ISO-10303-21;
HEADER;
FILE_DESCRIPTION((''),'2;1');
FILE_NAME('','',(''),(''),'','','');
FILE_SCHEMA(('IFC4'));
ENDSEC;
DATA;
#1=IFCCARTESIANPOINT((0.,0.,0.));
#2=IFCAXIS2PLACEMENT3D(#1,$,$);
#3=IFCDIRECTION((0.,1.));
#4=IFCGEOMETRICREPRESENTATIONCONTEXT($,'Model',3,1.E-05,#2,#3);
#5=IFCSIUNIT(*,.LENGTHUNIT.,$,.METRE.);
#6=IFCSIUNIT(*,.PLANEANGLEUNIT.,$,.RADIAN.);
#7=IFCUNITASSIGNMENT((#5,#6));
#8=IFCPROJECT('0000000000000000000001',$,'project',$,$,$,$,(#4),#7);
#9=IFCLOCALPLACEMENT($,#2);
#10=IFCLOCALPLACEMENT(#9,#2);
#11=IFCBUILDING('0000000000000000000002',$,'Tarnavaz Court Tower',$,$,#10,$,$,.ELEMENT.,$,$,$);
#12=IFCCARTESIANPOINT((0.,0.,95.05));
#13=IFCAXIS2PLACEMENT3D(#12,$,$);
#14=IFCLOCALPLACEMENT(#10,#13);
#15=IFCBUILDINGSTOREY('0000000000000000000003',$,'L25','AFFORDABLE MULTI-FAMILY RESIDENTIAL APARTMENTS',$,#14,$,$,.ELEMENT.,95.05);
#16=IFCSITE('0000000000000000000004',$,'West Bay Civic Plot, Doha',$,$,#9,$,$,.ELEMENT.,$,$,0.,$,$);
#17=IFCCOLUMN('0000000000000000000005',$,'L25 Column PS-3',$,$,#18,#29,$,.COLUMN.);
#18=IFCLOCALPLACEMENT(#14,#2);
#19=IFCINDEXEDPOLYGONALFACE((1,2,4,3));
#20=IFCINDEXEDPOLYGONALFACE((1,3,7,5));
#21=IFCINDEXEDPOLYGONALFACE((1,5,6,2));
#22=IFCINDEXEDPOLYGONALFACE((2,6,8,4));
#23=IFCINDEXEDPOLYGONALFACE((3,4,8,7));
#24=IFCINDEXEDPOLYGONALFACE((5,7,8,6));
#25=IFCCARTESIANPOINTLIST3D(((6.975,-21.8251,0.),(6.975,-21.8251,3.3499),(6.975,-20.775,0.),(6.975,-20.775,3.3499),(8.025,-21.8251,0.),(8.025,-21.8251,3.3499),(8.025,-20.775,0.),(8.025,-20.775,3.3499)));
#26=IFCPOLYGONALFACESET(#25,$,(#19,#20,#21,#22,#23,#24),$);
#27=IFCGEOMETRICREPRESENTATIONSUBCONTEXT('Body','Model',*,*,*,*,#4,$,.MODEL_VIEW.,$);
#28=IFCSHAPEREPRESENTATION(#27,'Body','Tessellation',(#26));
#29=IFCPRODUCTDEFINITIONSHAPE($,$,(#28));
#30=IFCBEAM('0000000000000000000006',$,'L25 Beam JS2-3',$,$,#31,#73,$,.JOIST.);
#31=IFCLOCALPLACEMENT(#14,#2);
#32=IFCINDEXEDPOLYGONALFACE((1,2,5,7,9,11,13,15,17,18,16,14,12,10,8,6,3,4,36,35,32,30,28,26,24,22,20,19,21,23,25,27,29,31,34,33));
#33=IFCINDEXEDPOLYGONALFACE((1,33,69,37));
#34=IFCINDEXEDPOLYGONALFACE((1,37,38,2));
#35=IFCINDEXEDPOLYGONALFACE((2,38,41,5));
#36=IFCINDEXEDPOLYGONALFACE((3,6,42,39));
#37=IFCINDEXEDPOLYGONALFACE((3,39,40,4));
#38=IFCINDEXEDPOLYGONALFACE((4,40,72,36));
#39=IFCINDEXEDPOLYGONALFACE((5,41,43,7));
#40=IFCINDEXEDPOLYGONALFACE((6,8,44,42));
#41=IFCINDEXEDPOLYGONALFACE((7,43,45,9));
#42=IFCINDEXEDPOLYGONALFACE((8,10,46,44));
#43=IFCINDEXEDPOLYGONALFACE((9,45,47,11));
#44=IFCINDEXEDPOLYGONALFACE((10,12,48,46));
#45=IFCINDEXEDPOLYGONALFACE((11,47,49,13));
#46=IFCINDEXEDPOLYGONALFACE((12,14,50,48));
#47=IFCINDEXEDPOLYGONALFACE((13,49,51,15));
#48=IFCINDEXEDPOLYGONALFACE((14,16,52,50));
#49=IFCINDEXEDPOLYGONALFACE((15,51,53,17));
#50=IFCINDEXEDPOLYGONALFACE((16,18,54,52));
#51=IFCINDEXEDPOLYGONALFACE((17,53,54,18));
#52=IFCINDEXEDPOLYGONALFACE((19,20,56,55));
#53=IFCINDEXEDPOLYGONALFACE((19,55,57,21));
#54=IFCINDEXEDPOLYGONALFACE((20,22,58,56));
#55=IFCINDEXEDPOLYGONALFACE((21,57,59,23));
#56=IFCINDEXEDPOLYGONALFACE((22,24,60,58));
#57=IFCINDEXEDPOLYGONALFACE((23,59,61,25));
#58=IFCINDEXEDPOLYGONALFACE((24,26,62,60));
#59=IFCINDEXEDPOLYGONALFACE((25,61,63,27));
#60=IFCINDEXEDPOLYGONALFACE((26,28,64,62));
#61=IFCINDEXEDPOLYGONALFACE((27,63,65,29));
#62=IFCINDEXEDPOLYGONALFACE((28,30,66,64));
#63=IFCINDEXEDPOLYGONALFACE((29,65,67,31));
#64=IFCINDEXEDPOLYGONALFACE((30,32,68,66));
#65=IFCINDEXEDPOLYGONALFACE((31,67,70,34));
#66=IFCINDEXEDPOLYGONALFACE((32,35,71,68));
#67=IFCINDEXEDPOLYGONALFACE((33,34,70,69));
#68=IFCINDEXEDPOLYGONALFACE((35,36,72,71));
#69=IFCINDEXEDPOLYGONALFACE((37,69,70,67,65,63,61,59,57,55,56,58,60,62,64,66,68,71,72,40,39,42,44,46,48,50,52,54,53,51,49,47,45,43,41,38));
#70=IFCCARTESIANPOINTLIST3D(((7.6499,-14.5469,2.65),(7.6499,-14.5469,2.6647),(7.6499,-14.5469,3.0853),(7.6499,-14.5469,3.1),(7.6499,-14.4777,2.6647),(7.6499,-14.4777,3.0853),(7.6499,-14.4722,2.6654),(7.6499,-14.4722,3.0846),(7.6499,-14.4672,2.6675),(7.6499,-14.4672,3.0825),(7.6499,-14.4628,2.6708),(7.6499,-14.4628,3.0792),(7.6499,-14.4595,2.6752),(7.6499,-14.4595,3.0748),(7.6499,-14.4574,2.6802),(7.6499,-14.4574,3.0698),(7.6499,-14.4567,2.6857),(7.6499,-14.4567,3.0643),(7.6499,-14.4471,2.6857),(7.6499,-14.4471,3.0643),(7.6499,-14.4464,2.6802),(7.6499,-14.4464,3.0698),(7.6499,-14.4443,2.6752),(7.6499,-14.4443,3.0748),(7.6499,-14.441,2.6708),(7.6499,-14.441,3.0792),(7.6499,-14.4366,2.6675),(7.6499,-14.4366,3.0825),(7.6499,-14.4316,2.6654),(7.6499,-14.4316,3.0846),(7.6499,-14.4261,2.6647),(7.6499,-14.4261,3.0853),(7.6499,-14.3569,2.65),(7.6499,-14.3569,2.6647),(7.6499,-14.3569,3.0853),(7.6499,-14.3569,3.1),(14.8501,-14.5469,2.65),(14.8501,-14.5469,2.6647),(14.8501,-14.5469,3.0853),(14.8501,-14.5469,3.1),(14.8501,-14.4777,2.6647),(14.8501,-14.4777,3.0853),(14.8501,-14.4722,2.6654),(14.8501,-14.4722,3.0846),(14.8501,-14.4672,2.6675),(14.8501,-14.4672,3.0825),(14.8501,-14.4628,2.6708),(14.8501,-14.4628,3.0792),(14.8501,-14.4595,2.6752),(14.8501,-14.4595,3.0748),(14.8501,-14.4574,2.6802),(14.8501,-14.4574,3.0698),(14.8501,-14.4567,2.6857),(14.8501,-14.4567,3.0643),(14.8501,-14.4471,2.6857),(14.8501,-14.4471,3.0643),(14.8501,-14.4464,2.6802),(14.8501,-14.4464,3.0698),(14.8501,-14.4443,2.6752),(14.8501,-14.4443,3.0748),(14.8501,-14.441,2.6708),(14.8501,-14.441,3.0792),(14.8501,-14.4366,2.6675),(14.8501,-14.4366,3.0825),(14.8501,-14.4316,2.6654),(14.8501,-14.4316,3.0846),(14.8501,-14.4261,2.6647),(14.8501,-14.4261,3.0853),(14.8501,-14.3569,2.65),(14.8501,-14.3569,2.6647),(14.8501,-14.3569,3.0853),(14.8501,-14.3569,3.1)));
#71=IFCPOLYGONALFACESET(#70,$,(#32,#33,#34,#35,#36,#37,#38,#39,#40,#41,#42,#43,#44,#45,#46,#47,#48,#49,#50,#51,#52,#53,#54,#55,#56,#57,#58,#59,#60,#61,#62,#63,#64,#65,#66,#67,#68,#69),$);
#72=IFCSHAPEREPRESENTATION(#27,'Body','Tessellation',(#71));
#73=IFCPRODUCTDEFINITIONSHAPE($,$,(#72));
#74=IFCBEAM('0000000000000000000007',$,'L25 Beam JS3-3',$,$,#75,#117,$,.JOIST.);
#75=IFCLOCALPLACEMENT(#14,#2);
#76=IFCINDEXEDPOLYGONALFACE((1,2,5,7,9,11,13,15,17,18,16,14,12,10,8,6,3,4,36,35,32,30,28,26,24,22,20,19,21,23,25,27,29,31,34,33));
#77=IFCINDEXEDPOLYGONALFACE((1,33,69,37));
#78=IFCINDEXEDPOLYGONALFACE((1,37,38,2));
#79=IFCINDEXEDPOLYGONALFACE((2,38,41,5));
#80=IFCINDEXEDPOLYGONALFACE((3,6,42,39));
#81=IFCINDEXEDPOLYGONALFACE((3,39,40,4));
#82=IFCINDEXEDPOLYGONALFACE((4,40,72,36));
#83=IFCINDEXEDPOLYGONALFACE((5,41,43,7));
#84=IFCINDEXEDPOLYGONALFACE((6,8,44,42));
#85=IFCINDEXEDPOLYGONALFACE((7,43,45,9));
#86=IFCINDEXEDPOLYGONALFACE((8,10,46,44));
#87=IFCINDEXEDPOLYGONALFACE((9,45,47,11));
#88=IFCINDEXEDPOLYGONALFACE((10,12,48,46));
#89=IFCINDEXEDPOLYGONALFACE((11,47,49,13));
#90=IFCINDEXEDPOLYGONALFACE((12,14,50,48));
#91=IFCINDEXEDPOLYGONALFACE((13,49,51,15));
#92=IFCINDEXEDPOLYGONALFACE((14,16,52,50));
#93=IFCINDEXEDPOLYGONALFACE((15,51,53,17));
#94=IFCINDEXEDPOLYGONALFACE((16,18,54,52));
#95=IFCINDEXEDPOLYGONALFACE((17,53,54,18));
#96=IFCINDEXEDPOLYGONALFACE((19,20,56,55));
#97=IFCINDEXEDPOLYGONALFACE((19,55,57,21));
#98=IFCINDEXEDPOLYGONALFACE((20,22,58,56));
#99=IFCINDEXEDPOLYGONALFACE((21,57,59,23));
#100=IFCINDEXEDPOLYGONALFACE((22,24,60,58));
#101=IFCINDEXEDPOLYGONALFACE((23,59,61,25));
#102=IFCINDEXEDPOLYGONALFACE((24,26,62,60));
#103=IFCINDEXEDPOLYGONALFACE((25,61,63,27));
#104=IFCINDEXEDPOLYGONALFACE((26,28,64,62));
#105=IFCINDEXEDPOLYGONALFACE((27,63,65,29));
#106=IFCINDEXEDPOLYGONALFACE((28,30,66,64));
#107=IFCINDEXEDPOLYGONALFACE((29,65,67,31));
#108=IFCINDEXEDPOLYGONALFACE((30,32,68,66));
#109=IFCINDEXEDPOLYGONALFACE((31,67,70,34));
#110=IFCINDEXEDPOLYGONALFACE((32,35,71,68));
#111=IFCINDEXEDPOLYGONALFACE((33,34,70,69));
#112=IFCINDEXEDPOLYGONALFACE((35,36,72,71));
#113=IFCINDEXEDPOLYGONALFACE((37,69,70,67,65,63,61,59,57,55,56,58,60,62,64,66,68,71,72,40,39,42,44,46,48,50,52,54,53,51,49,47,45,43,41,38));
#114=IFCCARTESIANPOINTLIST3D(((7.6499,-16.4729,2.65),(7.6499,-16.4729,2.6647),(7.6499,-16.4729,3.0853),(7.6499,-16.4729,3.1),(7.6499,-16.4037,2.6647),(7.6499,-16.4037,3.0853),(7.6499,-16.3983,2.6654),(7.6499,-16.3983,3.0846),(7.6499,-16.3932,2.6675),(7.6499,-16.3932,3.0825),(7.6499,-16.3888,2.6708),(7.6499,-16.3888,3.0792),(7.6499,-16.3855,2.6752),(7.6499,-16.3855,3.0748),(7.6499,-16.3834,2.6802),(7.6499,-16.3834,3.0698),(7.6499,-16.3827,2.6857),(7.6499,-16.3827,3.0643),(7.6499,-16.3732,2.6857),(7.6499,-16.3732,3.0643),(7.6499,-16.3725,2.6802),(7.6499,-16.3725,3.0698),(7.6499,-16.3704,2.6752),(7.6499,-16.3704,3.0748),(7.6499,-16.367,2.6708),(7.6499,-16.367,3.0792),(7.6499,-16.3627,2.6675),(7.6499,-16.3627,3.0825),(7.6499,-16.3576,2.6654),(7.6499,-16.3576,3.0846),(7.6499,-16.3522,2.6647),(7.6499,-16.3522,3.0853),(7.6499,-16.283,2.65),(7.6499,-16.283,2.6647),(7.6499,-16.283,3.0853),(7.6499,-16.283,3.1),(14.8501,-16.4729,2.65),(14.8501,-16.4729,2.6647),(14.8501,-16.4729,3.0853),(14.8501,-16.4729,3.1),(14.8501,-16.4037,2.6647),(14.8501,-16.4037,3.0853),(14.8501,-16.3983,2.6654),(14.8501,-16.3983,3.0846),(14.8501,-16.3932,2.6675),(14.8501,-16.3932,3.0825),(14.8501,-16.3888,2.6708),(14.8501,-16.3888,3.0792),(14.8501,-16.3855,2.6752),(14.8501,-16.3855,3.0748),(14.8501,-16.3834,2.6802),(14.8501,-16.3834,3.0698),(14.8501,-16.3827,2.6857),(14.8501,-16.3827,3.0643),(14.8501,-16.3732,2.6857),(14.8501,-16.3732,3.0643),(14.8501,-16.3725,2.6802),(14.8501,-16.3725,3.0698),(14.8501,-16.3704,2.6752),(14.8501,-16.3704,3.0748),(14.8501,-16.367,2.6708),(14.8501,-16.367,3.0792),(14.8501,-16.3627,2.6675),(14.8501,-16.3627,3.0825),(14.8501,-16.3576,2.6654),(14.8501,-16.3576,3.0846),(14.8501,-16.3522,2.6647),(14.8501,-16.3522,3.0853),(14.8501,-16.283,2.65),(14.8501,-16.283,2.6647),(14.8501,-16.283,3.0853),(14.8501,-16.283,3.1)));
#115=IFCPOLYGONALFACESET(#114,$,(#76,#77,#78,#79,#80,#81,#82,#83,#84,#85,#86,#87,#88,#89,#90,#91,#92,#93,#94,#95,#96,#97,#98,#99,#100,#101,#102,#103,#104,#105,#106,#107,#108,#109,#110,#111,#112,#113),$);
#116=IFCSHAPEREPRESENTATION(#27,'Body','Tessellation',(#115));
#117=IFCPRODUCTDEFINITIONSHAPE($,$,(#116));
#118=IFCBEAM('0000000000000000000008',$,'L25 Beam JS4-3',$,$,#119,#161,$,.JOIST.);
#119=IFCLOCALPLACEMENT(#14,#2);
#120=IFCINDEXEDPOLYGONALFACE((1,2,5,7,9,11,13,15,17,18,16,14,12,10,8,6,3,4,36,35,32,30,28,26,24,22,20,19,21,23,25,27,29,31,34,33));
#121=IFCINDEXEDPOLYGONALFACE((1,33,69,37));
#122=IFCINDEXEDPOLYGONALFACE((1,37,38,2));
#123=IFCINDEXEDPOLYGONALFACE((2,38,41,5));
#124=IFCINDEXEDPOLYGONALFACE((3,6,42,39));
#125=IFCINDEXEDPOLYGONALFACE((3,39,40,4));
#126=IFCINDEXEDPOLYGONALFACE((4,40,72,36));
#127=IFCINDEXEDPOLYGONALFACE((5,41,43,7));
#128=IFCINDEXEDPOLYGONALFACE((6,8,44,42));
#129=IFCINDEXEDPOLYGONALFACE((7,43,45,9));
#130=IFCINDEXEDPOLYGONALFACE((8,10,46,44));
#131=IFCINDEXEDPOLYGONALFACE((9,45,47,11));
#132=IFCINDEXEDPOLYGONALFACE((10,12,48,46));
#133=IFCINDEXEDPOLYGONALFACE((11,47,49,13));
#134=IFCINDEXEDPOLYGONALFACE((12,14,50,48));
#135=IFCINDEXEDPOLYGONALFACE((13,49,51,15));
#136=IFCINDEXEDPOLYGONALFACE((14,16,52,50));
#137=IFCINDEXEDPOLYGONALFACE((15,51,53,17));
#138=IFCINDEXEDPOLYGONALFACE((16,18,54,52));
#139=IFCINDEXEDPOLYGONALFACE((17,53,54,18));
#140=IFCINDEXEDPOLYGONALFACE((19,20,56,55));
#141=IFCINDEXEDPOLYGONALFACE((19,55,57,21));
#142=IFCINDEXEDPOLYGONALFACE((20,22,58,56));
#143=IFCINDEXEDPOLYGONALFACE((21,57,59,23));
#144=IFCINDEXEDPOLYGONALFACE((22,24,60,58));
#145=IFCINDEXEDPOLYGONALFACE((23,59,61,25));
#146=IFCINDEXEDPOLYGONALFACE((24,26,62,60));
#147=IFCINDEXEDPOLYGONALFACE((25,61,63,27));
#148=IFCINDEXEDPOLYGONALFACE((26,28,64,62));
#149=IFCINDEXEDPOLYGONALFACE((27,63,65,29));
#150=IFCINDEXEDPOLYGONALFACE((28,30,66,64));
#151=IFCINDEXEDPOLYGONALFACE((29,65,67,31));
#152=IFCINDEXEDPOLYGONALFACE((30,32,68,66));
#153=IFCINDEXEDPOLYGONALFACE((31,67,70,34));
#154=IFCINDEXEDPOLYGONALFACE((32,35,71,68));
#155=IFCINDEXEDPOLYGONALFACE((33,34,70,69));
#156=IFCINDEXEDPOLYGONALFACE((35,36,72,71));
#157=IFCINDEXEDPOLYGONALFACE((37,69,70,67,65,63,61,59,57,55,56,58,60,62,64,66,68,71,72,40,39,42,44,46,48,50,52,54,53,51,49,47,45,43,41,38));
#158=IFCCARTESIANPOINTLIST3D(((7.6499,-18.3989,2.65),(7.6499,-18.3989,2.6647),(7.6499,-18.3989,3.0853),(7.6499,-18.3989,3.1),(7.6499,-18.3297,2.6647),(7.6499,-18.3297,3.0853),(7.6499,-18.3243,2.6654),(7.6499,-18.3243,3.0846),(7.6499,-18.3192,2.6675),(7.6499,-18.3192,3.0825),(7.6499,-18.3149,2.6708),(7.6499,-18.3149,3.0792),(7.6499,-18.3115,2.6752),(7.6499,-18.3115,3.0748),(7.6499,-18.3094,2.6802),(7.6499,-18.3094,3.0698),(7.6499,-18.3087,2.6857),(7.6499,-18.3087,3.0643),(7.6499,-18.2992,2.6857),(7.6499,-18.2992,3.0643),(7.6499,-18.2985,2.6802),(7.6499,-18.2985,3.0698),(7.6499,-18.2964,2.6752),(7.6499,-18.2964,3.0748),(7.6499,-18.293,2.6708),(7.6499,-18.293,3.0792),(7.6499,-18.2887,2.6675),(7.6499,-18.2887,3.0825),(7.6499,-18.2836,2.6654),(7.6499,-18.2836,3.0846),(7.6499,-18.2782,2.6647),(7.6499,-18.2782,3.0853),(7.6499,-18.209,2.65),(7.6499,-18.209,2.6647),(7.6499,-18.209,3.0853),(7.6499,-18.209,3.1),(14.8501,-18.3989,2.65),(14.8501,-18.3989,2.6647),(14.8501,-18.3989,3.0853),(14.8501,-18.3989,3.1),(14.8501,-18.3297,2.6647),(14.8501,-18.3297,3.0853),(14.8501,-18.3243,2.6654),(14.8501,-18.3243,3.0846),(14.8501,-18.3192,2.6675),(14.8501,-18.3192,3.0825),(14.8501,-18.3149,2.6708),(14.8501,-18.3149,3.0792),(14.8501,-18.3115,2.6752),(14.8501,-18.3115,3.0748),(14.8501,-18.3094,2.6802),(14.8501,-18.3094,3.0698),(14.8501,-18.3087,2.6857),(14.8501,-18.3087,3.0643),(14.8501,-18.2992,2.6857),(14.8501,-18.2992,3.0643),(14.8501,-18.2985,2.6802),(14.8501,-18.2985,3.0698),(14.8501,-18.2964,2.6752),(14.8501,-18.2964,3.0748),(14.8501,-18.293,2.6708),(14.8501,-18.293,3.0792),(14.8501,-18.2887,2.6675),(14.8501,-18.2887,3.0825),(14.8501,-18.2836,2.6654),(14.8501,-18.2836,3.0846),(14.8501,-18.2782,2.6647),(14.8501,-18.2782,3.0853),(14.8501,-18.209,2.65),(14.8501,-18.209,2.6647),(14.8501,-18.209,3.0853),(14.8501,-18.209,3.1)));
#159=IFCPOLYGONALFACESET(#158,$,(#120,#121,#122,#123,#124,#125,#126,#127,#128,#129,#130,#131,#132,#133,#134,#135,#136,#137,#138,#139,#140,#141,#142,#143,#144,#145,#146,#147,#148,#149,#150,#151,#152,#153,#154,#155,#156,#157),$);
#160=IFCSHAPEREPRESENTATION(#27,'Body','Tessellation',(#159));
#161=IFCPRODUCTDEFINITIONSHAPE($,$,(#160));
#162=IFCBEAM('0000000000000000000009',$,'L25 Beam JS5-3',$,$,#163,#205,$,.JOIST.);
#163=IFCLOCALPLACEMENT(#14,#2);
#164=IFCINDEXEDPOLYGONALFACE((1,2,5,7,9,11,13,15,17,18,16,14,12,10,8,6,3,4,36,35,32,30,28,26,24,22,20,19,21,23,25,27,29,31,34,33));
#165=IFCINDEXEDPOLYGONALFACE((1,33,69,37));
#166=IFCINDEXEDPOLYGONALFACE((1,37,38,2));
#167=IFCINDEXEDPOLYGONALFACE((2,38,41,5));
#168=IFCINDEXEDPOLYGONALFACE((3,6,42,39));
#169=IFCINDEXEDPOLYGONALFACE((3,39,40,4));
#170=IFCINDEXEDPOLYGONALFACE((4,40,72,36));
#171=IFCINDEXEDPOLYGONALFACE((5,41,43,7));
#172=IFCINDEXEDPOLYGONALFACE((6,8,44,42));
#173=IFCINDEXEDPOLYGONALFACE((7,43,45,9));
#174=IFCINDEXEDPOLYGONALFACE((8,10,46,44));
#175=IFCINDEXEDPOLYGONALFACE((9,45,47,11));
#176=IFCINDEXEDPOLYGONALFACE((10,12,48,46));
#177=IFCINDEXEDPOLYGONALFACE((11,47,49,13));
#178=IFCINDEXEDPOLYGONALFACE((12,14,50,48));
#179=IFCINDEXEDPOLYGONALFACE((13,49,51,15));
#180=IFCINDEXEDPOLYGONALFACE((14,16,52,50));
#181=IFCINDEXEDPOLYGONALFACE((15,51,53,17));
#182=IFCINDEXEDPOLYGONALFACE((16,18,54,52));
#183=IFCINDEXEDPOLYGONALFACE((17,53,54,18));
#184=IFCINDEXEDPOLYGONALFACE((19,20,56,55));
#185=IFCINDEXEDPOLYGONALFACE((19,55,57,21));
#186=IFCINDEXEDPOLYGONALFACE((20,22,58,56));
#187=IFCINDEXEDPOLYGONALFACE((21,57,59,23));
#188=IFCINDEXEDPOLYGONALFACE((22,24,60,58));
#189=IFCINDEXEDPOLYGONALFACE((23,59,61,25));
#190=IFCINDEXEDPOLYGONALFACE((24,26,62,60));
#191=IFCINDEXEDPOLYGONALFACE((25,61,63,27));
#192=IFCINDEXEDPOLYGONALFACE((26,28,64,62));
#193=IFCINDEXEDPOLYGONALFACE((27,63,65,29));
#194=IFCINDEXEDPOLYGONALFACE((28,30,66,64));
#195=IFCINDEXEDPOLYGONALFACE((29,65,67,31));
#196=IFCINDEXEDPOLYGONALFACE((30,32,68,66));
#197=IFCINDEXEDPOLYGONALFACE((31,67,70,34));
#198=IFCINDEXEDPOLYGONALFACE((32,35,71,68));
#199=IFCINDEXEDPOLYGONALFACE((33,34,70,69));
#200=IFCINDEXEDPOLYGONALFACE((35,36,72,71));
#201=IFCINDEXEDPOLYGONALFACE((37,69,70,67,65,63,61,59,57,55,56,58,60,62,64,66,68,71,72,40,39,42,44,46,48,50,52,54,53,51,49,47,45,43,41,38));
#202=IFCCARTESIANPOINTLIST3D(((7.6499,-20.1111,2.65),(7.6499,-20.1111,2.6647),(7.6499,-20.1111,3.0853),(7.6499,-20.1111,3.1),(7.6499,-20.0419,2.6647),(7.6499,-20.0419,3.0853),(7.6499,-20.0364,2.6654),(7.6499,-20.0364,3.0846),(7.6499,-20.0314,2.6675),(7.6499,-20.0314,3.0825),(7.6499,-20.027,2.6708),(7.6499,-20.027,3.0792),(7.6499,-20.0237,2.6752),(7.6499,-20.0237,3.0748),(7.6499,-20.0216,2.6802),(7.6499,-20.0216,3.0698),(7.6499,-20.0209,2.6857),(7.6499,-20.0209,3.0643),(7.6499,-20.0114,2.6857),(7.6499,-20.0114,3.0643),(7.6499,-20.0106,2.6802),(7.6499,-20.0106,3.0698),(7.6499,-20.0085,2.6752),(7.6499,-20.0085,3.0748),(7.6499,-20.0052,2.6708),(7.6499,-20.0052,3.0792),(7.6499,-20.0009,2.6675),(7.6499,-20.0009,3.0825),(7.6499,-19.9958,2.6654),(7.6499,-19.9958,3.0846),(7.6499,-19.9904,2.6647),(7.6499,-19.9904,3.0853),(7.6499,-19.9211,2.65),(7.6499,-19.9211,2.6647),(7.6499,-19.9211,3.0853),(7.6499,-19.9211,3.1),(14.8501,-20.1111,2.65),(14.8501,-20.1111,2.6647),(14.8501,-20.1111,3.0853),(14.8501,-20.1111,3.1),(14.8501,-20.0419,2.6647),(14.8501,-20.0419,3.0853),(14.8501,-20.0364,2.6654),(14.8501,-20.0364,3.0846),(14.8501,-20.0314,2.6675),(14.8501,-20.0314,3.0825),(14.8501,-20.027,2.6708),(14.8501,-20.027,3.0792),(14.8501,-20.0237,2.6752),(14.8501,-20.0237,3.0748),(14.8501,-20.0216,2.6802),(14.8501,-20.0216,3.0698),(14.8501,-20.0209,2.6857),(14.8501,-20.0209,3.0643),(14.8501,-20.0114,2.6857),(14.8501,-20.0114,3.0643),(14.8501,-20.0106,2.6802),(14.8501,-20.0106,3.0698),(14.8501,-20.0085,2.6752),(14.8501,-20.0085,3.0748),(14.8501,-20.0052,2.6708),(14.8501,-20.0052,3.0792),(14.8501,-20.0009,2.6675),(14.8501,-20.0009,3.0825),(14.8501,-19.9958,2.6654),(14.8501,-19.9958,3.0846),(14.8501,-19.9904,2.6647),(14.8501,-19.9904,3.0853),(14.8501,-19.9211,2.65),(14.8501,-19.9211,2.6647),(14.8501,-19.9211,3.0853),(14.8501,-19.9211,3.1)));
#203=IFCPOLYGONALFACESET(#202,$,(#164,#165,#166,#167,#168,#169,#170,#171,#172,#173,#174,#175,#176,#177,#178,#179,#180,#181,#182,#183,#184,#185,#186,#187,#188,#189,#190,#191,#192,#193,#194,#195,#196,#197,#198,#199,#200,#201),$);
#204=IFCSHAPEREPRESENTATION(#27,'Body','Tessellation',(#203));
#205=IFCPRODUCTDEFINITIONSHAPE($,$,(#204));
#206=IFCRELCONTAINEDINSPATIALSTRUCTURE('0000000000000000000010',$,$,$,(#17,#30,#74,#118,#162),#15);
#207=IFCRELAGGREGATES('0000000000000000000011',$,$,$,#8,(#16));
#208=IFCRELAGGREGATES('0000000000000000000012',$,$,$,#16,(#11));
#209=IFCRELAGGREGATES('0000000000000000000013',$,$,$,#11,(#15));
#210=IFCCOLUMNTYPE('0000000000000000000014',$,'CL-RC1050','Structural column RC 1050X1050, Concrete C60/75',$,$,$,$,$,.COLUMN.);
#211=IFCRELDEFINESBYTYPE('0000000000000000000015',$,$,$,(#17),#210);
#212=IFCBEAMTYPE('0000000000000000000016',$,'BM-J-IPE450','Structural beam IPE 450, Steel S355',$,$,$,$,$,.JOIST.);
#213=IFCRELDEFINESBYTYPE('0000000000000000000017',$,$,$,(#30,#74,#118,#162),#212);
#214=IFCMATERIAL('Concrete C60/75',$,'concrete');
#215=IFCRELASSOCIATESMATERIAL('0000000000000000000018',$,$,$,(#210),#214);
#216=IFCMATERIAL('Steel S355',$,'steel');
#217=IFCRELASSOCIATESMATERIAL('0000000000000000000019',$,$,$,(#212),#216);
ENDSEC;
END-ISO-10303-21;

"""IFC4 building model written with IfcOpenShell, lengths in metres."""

from ifc_helpers import new_model, si_unit, direction, frame, origin, origin_2d, place, context, subcontext, project, spatial, rectangle, i_section, extrude, material, material_profile, profile_set, type_object, element, save


model = new_model("IFC4")

# Units and contexts
model_context = context("Model", 3, precision=1e-05, world=origin(), true_north=direction((0.0, 1.0)))
body_context = subcontext(model_context, "Body", "Model", "MODEL_VIEW")
ifc_project = project(units=[si_unit("LENGTHUNIT", "METRE"), si_unit("PLANEANGLEUNIT", "RADIAN")], contexts=[model_context])

# Site, building, storey
site_placement = place(None, origin())
site = spatial("IfcSite", under=ifc_project, at=site_placement, Name="West Bay Civic Plot, Doha", CompositionType="ELEMENT", RefElevation=0.0)
building_placement = place(site_placement, origin())
building = spatial("IfcBuilding", under=site, at=building_placement, Name="Tarnavaz Court Tower", CompositionType="ELEMENT")
storey_placement = place(building_placement, frame((0.0, 0.0, 95.05)))
storey = spatial("IfcBuildingStorey", under=building, at=storey_placement, Name="L25", Description="AFFORDABLE MULTI-FAMILY RESIDENTIAL APARTMENTS", CompositionType="ELEMENT", Elevation=95.05)

# Column
ifc_material_1 = material(Name="Concrete C60/75", Category="concrete")
ifc_material_profile_1 = material_profile(ifc_material_1, rectangle(XDim=1.05, YDim=1.05, at=origin_2d()), Name="RC 1050X1050")
ifc_profile_set_1 = profile_set([ifc_material_profile_1], Name="Concrete C60/75")
column_type = type_object("IfcColumnType", Name="CL-RC1050", Description="Structural column RC 1050X1050, Concrete C60/75", PredefinedType="COLUMN", material=ifc_profile_set_1)
column_placement = place(storey_placement, frame((7.5, -21.3, 0.0), z_axis=(0.0, 0.0, 1.0), x_axis=(1.0, 0.0, 0.0)))
element("IfcColumn", 1, at=column_placement, inside=storey, type_object=column_type, Name="L25 Column PS-3", PredefinedType="COLUMN", context=body_context, shape_type="SweptSolid", body=[
    extrude(rectangle(XDim=1.05, YDim=1.05, at=origin_2d()), origin(), (0.0, 0.0, 1.0), 3.3499),
])

# Beams
ifc_material_2 = material(Name="Steel S355", Category="steel")
ifc_material_profile_2 = material_profile(ifc_material_2, i_section(OverallWidth=0.1899, OverallDepth=0.45, WebThickness=0.0095, FlangeThickness=0.0146, FilletRadius=0.021, at=origin_2d()), Name="IPE 450")
ifc_profile_set_2 = profile_set([ifc_material_profile_2], Name="Steel S355")
beam_type_1 = type_object("IfcBeamType", Name="BM-J-IPE450", Description="Structural beam IPE 450, Steel S355", PredefinedType="JOIST", material=ifc_profile_set_2)
for number, where, z_axis, x_axis, name in (
    (2, (7.6499, -14.4519, 2.875), (1.0, 0.0, 0.0), (0.0, 1.0, 0.0), "L25 Beam JS2-3"),
    (3, (7.6499, -16.3779, 2.875), (1.0, 0.0, 0.0), (0.0, 1.0, 0.0), "L25 Beam JS3-3"),
    (4, (7.6499, -18.304, 2.875), (1.0, 0.0, 0.0), (0.0, 1.0, 0.0), "L25 Beam JS4-3"),
    (5, (7.6499, -20.0161, 2.875), (1.0, 0.0, 0.0), (0.0, 1.0, 0.0), "L25 Beam JS5-3"),
):
    element("IfcBeam", number, at=place(storey_placement, frame(where, z_axis=z_axis, x_axis=x_axis)), inside=storey, type_object=beam_type_1, Name=name, PredefinedType="JOIST", context=body_context, shape_type="SweptSolid", body=[
        extrude(i_section(OverallWidth=0.1899, OverallDepth=0.45, WebThickness=0.0095, FlangeThickness=0.0146, FilletRadius=0.021, at=origin_2d()), origin(), (0.0, 0.0, 1.0), 7.2002),
    ])

save(model, "model.ifc")
